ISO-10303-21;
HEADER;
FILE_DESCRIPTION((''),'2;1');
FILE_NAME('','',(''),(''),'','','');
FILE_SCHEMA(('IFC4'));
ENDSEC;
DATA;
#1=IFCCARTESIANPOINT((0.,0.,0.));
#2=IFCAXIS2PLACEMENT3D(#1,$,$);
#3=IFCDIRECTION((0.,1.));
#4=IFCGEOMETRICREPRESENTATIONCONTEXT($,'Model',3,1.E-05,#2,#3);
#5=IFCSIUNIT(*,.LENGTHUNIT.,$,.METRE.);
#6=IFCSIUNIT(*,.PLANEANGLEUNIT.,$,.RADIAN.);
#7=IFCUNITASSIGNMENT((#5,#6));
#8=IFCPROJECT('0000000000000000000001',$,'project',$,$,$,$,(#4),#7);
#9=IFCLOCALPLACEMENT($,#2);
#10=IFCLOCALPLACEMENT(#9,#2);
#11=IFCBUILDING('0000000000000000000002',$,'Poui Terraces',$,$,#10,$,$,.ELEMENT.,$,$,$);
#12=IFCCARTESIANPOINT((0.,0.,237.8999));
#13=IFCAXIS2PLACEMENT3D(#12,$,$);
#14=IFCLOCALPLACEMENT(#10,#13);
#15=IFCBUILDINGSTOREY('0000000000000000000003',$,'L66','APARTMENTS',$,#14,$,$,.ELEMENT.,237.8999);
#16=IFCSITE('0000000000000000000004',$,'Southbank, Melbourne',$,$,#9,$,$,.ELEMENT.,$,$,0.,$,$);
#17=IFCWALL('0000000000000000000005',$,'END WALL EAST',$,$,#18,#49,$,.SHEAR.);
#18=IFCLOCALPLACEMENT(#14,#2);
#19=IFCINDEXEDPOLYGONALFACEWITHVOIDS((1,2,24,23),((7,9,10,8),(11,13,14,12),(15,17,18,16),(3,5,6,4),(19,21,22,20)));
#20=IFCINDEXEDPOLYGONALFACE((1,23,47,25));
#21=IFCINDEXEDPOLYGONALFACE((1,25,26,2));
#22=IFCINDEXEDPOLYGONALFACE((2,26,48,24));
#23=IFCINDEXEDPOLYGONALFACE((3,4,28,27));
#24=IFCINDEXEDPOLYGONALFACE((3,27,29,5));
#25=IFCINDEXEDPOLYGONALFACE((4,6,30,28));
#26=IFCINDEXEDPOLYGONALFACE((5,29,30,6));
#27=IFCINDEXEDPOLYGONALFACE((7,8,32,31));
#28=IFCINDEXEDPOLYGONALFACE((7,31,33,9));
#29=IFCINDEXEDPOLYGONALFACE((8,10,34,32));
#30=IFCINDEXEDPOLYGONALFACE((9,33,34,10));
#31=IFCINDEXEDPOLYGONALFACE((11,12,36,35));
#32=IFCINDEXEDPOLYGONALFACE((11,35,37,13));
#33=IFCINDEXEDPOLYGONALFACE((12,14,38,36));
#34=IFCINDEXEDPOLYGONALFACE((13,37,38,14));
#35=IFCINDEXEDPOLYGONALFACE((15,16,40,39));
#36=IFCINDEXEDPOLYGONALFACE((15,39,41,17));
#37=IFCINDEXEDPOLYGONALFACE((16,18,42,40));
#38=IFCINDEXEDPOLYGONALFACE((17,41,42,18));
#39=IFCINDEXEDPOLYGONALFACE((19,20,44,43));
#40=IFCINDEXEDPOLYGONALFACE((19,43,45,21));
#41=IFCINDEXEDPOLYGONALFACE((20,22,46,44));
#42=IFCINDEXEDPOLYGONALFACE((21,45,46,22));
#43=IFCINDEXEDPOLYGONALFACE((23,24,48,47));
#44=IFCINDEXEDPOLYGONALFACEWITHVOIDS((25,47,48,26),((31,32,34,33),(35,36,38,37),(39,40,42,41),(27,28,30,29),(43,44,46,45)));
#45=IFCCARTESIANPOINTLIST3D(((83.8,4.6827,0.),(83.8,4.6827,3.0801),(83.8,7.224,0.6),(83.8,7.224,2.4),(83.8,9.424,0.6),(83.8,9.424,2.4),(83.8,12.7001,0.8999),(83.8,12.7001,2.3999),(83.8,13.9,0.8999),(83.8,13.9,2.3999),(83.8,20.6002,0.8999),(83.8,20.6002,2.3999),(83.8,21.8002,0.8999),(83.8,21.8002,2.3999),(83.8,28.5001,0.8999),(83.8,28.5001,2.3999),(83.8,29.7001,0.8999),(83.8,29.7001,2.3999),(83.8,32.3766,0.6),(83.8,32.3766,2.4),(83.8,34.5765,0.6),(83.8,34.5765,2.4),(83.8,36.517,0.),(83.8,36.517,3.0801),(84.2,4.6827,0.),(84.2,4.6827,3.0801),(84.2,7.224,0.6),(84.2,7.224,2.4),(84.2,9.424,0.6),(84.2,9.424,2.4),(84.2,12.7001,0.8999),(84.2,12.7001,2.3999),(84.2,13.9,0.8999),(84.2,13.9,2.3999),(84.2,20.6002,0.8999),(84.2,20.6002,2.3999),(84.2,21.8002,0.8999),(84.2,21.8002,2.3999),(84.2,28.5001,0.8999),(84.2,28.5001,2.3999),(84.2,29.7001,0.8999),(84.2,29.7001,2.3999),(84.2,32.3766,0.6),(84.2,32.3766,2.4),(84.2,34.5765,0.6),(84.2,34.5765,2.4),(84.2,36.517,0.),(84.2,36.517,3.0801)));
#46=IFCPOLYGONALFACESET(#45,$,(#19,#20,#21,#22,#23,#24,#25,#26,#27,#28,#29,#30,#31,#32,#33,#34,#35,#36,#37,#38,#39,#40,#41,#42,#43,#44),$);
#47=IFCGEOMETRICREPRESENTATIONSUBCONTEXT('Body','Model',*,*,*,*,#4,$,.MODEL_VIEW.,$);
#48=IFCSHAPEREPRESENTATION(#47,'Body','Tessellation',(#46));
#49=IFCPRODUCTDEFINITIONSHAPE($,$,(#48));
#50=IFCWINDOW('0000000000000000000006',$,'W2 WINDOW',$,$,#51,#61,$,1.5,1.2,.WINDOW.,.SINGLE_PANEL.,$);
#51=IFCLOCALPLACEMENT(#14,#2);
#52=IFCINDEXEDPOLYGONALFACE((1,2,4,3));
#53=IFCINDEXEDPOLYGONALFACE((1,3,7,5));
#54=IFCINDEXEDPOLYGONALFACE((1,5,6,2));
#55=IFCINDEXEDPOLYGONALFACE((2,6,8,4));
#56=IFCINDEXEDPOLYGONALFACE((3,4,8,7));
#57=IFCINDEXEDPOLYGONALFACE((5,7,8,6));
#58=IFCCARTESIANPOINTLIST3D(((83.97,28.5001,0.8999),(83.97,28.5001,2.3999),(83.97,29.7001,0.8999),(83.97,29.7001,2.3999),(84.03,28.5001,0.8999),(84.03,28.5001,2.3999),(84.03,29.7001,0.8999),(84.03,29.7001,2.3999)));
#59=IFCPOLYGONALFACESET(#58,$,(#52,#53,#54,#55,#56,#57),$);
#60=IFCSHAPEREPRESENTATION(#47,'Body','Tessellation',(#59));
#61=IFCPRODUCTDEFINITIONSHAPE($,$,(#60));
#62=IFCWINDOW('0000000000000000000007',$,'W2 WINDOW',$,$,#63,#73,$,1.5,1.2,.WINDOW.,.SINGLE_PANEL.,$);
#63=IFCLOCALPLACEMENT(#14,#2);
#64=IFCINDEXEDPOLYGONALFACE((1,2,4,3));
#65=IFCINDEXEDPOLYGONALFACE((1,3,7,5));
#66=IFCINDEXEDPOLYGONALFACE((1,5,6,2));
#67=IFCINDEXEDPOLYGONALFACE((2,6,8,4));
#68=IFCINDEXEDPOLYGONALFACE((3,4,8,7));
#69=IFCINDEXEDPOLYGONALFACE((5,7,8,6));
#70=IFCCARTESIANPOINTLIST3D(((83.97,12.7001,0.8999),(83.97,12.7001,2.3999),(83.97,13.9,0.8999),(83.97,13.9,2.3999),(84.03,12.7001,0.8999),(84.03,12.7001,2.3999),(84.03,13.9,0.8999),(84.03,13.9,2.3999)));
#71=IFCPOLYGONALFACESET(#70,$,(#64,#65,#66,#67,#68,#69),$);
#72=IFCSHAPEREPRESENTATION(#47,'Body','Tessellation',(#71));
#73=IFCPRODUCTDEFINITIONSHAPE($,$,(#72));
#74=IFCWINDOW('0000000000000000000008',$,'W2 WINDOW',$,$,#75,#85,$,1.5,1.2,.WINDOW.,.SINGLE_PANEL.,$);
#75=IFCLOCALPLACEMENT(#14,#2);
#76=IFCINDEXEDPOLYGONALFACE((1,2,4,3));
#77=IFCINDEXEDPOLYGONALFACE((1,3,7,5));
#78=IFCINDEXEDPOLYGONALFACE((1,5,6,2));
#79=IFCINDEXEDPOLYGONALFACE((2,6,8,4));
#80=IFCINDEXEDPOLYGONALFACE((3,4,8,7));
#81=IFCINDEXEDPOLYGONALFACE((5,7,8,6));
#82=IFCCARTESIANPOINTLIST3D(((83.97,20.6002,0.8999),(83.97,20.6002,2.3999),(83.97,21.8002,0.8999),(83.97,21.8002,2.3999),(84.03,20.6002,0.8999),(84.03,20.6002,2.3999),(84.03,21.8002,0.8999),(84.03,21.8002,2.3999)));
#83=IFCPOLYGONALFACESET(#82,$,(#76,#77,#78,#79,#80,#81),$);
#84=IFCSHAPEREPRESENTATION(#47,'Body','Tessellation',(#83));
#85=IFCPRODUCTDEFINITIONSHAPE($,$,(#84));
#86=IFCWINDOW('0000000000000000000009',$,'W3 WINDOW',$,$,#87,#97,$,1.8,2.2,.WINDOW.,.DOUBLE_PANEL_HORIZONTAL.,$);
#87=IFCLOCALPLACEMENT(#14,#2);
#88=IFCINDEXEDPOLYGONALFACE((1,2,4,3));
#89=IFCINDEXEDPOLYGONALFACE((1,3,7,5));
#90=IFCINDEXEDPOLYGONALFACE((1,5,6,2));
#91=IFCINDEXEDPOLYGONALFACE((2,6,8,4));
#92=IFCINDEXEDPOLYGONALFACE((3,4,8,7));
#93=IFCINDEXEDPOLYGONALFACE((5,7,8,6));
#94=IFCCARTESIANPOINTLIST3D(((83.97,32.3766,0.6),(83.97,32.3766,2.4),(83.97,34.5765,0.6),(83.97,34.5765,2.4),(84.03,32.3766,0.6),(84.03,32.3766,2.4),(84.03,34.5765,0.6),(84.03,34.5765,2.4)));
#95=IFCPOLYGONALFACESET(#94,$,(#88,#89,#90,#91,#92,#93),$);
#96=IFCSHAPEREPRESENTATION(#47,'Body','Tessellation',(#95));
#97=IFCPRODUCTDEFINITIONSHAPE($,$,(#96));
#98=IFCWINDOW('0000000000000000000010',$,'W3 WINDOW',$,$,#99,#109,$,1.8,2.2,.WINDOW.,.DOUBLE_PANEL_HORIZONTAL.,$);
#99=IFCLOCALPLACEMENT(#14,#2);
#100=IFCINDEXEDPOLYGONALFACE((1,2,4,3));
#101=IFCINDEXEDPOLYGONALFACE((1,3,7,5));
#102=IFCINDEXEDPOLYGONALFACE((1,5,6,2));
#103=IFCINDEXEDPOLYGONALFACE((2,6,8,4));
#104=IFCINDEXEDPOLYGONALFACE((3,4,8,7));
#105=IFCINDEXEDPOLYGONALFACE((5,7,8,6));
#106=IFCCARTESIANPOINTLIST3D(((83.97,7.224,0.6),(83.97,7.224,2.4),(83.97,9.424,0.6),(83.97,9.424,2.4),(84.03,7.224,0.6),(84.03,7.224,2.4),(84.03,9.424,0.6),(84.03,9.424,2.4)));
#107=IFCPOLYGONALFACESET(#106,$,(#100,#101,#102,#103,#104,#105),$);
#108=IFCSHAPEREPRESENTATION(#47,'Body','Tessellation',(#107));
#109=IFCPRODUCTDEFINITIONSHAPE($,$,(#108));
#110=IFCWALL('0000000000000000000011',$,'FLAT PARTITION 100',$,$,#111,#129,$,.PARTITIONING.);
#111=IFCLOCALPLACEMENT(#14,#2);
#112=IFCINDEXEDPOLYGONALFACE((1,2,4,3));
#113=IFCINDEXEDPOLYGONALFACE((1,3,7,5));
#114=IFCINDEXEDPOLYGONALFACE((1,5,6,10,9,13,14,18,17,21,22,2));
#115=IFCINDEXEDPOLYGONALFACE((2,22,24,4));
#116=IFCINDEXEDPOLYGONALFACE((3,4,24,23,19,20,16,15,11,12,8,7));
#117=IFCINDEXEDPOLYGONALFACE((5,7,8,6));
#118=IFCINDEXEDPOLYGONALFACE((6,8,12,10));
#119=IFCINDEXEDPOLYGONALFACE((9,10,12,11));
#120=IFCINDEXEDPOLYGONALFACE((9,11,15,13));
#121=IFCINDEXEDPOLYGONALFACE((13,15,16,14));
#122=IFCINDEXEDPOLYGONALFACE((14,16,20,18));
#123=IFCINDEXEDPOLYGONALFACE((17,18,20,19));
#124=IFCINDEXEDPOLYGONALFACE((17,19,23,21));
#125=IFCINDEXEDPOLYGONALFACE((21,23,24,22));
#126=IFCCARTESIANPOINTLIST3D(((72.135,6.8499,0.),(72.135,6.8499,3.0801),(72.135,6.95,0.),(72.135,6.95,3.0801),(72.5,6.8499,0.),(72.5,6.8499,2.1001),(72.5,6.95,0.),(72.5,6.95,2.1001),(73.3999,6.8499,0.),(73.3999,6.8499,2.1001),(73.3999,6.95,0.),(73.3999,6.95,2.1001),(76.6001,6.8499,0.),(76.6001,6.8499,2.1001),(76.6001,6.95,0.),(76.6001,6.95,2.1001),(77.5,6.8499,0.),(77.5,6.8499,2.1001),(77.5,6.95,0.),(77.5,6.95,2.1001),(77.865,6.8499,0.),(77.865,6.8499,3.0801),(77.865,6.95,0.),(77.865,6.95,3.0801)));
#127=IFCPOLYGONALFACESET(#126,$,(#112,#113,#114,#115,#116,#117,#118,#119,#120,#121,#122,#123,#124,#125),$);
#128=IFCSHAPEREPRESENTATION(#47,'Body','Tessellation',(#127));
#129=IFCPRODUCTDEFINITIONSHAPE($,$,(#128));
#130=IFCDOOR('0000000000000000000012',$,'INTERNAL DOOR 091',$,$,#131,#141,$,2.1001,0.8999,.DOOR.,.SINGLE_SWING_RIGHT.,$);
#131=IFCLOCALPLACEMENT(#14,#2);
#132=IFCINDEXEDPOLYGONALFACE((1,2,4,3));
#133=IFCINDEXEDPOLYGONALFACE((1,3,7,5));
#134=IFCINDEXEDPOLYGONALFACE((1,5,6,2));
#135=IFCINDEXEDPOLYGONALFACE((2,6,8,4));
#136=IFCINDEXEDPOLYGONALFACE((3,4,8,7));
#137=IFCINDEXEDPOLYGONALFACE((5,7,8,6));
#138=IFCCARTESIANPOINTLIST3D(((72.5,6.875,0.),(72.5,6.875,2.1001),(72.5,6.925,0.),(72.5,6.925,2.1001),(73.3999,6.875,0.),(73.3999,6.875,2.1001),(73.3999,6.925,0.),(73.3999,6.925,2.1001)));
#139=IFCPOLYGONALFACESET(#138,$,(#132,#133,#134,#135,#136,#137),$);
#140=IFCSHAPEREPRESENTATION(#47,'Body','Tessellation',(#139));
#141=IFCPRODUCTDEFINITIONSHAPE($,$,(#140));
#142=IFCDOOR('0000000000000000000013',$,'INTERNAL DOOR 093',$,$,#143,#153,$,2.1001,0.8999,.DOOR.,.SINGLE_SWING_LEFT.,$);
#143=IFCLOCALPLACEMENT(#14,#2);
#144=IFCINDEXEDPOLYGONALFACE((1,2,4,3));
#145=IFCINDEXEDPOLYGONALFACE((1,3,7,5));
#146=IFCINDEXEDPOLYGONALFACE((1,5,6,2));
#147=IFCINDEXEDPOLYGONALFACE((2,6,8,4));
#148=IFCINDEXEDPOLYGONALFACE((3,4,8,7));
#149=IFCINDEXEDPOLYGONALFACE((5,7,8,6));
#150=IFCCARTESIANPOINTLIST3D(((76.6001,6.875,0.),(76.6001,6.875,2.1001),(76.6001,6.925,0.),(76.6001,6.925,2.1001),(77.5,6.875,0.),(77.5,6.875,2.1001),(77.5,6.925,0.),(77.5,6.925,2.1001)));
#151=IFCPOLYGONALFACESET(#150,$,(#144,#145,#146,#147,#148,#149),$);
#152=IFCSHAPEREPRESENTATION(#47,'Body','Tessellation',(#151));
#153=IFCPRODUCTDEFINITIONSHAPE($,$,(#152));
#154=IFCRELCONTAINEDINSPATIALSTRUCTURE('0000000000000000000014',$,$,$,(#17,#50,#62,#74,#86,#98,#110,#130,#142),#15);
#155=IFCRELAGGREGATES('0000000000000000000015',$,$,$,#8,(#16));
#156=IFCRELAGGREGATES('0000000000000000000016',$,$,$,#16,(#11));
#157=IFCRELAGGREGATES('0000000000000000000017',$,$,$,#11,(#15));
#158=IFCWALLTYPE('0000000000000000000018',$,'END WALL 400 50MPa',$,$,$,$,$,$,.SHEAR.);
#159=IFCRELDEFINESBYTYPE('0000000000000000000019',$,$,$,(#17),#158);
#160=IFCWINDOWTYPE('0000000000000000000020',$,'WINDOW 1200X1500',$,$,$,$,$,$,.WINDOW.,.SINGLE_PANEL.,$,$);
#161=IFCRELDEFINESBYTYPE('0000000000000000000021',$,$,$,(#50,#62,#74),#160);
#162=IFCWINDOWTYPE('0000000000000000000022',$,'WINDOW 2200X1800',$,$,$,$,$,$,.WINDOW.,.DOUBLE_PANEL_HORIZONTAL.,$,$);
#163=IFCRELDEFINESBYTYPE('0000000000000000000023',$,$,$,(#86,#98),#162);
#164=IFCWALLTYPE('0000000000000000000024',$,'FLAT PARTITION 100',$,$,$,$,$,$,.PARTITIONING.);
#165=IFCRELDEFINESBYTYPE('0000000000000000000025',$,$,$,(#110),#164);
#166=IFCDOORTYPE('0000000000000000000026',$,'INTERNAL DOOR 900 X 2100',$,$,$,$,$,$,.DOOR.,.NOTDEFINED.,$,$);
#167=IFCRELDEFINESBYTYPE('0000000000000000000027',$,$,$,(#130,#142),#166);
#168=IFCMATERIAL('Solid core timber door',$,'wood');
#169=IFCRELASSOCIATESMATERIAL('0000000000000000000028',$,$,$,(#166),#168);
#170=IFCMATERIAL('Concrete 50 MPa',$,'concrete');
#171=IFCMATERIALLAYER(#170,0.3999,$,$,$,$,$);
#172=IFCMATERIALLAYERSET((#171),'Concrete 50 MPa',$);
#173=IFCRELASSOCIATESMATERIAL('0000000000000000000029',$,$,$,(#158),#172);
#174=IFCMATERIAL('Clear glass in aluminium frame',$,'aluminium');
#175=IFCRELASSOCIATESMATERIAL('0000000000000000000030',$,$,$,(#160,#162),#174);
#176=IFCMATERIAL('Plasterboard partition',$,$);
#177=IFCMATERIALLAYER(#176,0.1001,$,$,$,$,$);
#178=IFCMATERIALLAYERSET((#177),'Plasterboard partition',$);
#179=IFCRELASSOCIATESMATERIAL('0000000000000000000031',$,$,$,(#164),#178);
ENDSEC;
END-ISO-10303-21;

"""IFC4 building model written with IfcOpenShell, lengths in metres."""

from ifc_helpers import new_model, si_unit, direction, frame, frame_2d, origin, place, context, subcontext, project, spatial, rectangle, extrude, material, layer, layer_set, type_object, element, fill, save


model = new_model("IFC4")

# Units and contexts
model_context = context("Model", 3, precision=1e-05, world=origin(), true_north=direction((0.0, 1.0)))
body_context = subcontext(model_context, "Body", "Model", "MODEL_VIEW")
ifc_project = project(units=[si_unit("LENGTHUNIT", "METRE"), si_unit("PLANEANGLEUNIT", "RADIAN")], contexts=[model_context])

# Site, building, storey
site_placement = place(None, origin())
site = spatial("IfcSite", under=ifc_project, at=site_placement, Name="Southbank, Melbourne", CompositionType="ELEMENT", RefElevation=0.0)
building_placement = place(site_placement, origin())
building = spatial("IfcBuilding", under=site, at=building_placement, Name="Poui Terraces", CompositionType="ELEMENT")
storey_placement = place(building_placement, frame((0.0, 0.0, 237.8999)))
storey = spatial("IfcBuildingStorey", under=building, at=storey_placement, Name="L66", Description="APARTMENTS", CompositionType="ELEMENT", Elevation=237.8999)

# Shared definitions
ifc_material_1 = material(Name="Concrete 50 MPa", Category="concrete")

# Shared definitions
ifc_material_2 = material(Name="Solid core timber door", Category="wood")
door_type_1 = type_object("IfcDoorType", Name="INTERNAL DOOR 900 X 2100", OperationType="NOTDEFINED", PredefinedType="DOOR", material=ifc_material_2)

# Wall, openings, windows
ifc_layer_1 = layer(ifc_material_1, 0.3999)
ifc_layer_set_1 = layer_set([ifc_layer_1], Name="Concrete 50 MPa")
wall_type_1 = type_object("IfcWallType", Name="END WALL 400 50MPa", PredefinedType="SHEAR", material=ifc_layer_set_1)
wall_1_placement = place(storey_placement, frame((84.0, 4.6829, 0.0), z_axis=(0.0, 0.0, 1.0), x_axis=(0.0, 1.0, 0.0)))
wall_1 = element("IfcWall", 1, at=wall_1_placement, inside=storey, type_object=wall_type_1, Name="END WALL EAST", PredefinedType="SHEAR", context=body_context, shape_type="SweptSolid", body=[
    extrude(rectangle(XDim=31.8342, YDim=0.3999, at=frame_2d((15.917, 0.0))), origin(), (0.0, 0.0, 1.0), 3.0801),
])
opening_1_placement = place(wall_1_placement, frame((23.8171, 0.0, 0.8999)))
opening_1 = element("IfcOpeningElement", 2, at=opening_1_placement, cuts=wall_1, PredefinedType="OPENING", context=body_context, shape_type="SweptSolid", body=[
    extrude(rectangle(XDim=1.2, YDim=1.5, at=frame_2d((0.6001, 0.75))), frame((0.0, 0.21, 0.0), z_axis=(0.0, -1.0, 0.0), x_axis=(1.0, 0.0, 0.0)), (0.0, 0.0, 1.0), 0.4199),
])
opening_2_placement = place(wall_1_placement, frame((8.0171, 0.0, 0.8999)))
opening_2 = element("IfcOpeningElement", 3, at=opening_2_placement, cuts=wall_1, PredefinedType="OPENING", context=body_context, shape_type="SweptSolid", body=[
    extrude(rectangle(XDim=1.2, YDim=1.5, at=frame_2d((0.6001, 0.75))), frame((0.0, 0.21, 0.0), z_axis=(0.0, -1.0, 0.0), x_axis=(1.0, 0.0, 0.0)), (0.0, 0.0, 1.0), 0.4199),
])
opening_3_placement = place(wall_1_placement, frame((27.6936, 0.0, 0.6001)))
opening_3 = element("IfcOpeningElement", 4, at=opening_3_placement, cuts=wall_1, PredefinedType="OPENING", context=body_context, shape_type="SweptSolid", body=[
    extrude(rectangle(XDim=2.2, YDim=1.8, at=frame_2d((1.1001, 0.8999))), frame((0.0, 0.21, 0.0), z_axis=(0.0, -1.0, 0.0), x_axis=(1.0, 0.0, 0.0)), (0.0, 0.0, 1.0), 0.4199),
])
opening_4_placement = place(wall_1_placement, frame((2.541, 0.0, 0.6001)))
opening_4 = element("IfcOpeningElement", 5, at=opening_4_placement, cuts=wall_1, PredefinedType="OPENING", context=body_context, shape_type="SweptSolid", body=[
    extrude(rectangle(XDim=2.2, YDim=1.8, at=frame_2d((1.1001, 0.8999))), frame((0.0, 0.21, 0.0), z_axis=(0.0, -1.0, 0.0), x_axis=(1.0, 0.0, 0.0)), (0.0, 0.0, 1.0), 0.4199),
])
opening_5_placement = place(wall_1_placement, frame((15.9172, 0.0, 0.8999)))
opening_5 = element("IfcOpeningElement", 6, at=opening_5_placement, cuts=wall_1, PredefinedType="OPENING", context=body_context, shape_type="SweptSolid", body=[
    extrude(rectangle(XDim=1.2, YDim=1.5, at=frame_2d((0.6001, 0.75))), frame((0.0, 0.21, 0.0), z_axis=(0.0, -1.0, 0.0), x_axis=(1.0, 0.0, 0.0)), (0.0, 0.0, 1.0), 0.4199),
])
ifc_material_3 = material(Name="Clear glass in aluminium frame", Category="aluminium")
window_type_1 = type_object("IfcWindowType", Name="WINDOW 1200X1500", PartitioningType="SINGLE_PANEL", PredefinedType="WINDOW", material=ifc_material_3)
window_1_placement = place(opening_1_placement, origin())
window_1 = element("IfcWindow", 7, at=window_1_placement, inside=storey, type_object=window_type_1, Name="W2 WINDOW", OverallHeight=1.5, OverallWidth=1.2, PartitioningType="SINGLE_PANEL", PredefinedType="WINDOW", context=body_context, shape_type="SweptSolid", body=[
    extrude(rectangle(XDim=1.2, YDim=1.5, at=frame_2d((0.6001, 0.75))), frame((0.0, 0.03, 0.0), z_axis=(0.0, -1.0, 0.0), x_axis=(1.0, 0.0, 0.0)), (0.0, 0.0, 1.0), 0.0601),
])
fill(opening_1, window_1)
window_2_placement = place(opening_2_placement, origin())
window_2 = element("IfcWindow", 8, at=window_2_placement, inside=storey, type_object=window_type_1, Name="W2 WINDOW", OverallHeight=1.5, OverallWidth=1.2, PartitioningType="SINGLE_PANEL", PredefinedType="WINDOW", context=body_context, shape_type="SweptSolid", body=[
    extrude(rectangle(XDim=1.2, YDim=1.5, at=frame_2d((0.6001, 0.75))), frame((0.0, 0.03, 0.0), z_axis=(0.0, -1.0, 0.0), x_axis=(1.0, 0.0, 0.0)), (0.0, 0.0, 1.0), 0.0601),
])
fill(opening_2, window_2)
window_3_placement = place(opening_5_placement, origin())
window_3 = element("IfcWindow", 9, at=window_3_placement, inside=storey, type_object=window_type_1, Name="W2 WINDOW", OverallHeight=1.5, OverallWidth=1.2, PartitioningType="SINGLE_PANEL", PredefinedType="WINDOW", context=body_context, shape_type="SweptSolid", body=[
    extrude(rectangle(XDim=1.2, YDim=1.5, at=frame_2d((0.6001, 0.75))), frame((0.0, 0.03, 0.0), z_axis=(0.0, -1.0, 0.0), x_axis=(1.0, 0.0, 0.0)), (0.0, 0.0, 1.0), 0.0601),
])
fill(opening_5, window_3)
window_type_2 = type_object("IfcWindowType", Name="WINDOW 2200X1800", PartitioningType="DOUBLE_PANEL_HORIZONTAL", PredefinedType="WINDOW", material=ifc_material_3)
window_4_placement = place(opening_3_placement, origin())
window_4 = element("IfcWindow", 10, at=window_4_placement, inside=storey, type_object=window_type_2, Name="W3 WINDOW", OverallHeight=1.8, OverallWidth=2.2, PartitioningType="DOUBLE_PANEL_HORIZONTAL", PredefinedType="WINDOW", context=body_context, shape_type="SweptSolid", body=[
    extrude(rectangle(XDim=2.2, YDim=1.8, at=frame_2d((1.1001, 0.8999))), frame((0.0, 0.03, 0.0), z_axis=(0.0, -1.0, 0.0), x_axis=(1.0, 0.0, 0.0)), (0.0, 0.0, 1.0), 0.0601),
])
fill(opening_3, window_4)
window_5_placement = place(opening_4_placement, origin())
window_5 = element("IfcWindow", 11, at=window_5_placement, inside=storey, type_object=window_type_2, Name="W3 WINDOW", OverallHeight=1.8, OverallWidth=2.2, PartitioningType="DOUBLE_PANEL_HORIZONTAL", PredefinedType="WINDOW", context=body_context, shape_type="SweptSolid", body=[
    extrude(rectangle(XDim=2.2, YDim=1.8, at=frame_2d((1.1001, 0.8999))), frame((0.0, 0.03, 0.0), z_axis=(0.0, -1.0, 0.0), x_axis=(1.0, 0.0, 0.0)), (0.0, 0.0, 1.0), 0.0601),
])
fill(opening_4, window_5)

# Wall, openings, doors
ifc_material_4 = material(Name="Plasterboard partition")
ifc_layer_2 = layer(ifc_material_4, 0.1001)
ifc_layer_set_2 = layer_set([ifc_layer_2], Name="Plasterboard partition")
wall_type_2 = type_object("IfcWallType", Name="FLAT PARTITION 100", PredefinedType="PARTITIONING", material=ifc_layer_set_2)
wall_2_placement = place(storey_placement, frame((72.135, 6.8999, 0.0), z_axis=(0.0, 0.0, 1.0), x_axis=(1.0, 0.0, 0.0)))
wall_2 = element("IfcWall", 12, at=wall_2_placement, inside=storey, type_object=wall_type_2, Name="FLAT PARTITION 100", PredefinedType="PARTITIONING", context=body_context, shape_type="SweptSolid", body=[
    extrude(rectangle(XDim=5.73, YDim=0.1001, at=frame_2d((2.865, 0.0))), origin(), (0.0, 0.0, 1.0), 3.0801),
])
opening_6_placement = place(wall_2_placement, frame((0.365, 0.0, 0.0)))
opening_6 = element("IfcOpeningElement", 13, at=opening_6_placement, cuts=wall_2, PredefinedType="OPENING", context=body_context, shape_type="SweptSolid", body=[
    extrude(rectangle(XDim=0.8999, YDim=2.1001, at=frame_2d((0.45, 1.05))), frame((0.0, 0.0601, 0.0), z_axis=(0.0, -1.0, 0.0), x_axis=(1.0, 0.0, 0.0)), (0.0, 0.0, 1.0), 0.1201),
])
opening_7_placement = place(wall_2_placement, frame((4.4651, 0.0, 0.0)))
opening_7 = element("IfcOpeningElement", 14, at=opening_7_placement, cuts=wall_2, PredefinedType="OPENING", context=body_context, shape_type="SweptSolid", body=[
    extrude(rectangle(XDim=0.8999, YDim=2.1001, at=frame_2d((0.45, 1.05))), frame((0.0, 0.0601, 0.0), z_axis=(0.0, -1.0, 0.0), x_axis=(1.0, 0.0, 0.0)), (0.0, 0.0, 1.0), 0.1201),
])
door_1_placement = place(opening_6_placement, frame((0.8999, 0.0, 0.0), z_axis=(0.0, 0.0, 1.0), x_axis=(-1.0, 0.0, 0.0)))
door_1 = element("IfcDoor", 15, at=door_1_placement, inside=storey, type_object=door_type_1, Name="INTERNAL DOOR 091", OperationType="SINGLE_SWING_RIGHT", OverallHeight=2.1001, OverallWidth=0.8999, PredefinedType="DOOR", context=body_context, shape_type="SweptSolid", body=[
    extrude(rectangle(XDim=0.8999, YDim=2.1001, at=frame_2d((0.45, 1.05))), frame((0.0, 0.0249, 0.0), z_axis=(0.0, -1.0, 0.0), x_axis=(1.0, 0.0, 0.0)), (0.0, 0.0, 1.0), 0.05),
])
fill(opening_6, door_1)
door_2_placement = place(opening_7_placement, frame((0.8999, 0.0, 0.0), z_axis=(0.0, 0.0, 1.0), x_axis=(-1.0, 0.0, 0.0)))
door_2 = element("IfcDoor", 16, at=door_2_placement, inside=storey, type_object=door_type_1, Name="INTERNAL DOOR 093", OperationType="SINGLE_SWING_LEFT", OverallHeight=2.1001, OverallWidth=0.8999, PredefinedType="DOOR", context=body_context, shape_type="SweptSolid", body=[
    extrude(rectangle(XDim=0.8999, YDim=2.1001, at=frame_2d((0.45, 1.05))), frame((0.0, 0.0249, 0.0), z_axis=(0.0, -1.0, 0.0), x_axis=(1.0, 0.0, 0.0)), (0.0, 0.0, 1.0), 0.05),
])
fill(opening_7, door_2)

save(model, "model.ifc")
